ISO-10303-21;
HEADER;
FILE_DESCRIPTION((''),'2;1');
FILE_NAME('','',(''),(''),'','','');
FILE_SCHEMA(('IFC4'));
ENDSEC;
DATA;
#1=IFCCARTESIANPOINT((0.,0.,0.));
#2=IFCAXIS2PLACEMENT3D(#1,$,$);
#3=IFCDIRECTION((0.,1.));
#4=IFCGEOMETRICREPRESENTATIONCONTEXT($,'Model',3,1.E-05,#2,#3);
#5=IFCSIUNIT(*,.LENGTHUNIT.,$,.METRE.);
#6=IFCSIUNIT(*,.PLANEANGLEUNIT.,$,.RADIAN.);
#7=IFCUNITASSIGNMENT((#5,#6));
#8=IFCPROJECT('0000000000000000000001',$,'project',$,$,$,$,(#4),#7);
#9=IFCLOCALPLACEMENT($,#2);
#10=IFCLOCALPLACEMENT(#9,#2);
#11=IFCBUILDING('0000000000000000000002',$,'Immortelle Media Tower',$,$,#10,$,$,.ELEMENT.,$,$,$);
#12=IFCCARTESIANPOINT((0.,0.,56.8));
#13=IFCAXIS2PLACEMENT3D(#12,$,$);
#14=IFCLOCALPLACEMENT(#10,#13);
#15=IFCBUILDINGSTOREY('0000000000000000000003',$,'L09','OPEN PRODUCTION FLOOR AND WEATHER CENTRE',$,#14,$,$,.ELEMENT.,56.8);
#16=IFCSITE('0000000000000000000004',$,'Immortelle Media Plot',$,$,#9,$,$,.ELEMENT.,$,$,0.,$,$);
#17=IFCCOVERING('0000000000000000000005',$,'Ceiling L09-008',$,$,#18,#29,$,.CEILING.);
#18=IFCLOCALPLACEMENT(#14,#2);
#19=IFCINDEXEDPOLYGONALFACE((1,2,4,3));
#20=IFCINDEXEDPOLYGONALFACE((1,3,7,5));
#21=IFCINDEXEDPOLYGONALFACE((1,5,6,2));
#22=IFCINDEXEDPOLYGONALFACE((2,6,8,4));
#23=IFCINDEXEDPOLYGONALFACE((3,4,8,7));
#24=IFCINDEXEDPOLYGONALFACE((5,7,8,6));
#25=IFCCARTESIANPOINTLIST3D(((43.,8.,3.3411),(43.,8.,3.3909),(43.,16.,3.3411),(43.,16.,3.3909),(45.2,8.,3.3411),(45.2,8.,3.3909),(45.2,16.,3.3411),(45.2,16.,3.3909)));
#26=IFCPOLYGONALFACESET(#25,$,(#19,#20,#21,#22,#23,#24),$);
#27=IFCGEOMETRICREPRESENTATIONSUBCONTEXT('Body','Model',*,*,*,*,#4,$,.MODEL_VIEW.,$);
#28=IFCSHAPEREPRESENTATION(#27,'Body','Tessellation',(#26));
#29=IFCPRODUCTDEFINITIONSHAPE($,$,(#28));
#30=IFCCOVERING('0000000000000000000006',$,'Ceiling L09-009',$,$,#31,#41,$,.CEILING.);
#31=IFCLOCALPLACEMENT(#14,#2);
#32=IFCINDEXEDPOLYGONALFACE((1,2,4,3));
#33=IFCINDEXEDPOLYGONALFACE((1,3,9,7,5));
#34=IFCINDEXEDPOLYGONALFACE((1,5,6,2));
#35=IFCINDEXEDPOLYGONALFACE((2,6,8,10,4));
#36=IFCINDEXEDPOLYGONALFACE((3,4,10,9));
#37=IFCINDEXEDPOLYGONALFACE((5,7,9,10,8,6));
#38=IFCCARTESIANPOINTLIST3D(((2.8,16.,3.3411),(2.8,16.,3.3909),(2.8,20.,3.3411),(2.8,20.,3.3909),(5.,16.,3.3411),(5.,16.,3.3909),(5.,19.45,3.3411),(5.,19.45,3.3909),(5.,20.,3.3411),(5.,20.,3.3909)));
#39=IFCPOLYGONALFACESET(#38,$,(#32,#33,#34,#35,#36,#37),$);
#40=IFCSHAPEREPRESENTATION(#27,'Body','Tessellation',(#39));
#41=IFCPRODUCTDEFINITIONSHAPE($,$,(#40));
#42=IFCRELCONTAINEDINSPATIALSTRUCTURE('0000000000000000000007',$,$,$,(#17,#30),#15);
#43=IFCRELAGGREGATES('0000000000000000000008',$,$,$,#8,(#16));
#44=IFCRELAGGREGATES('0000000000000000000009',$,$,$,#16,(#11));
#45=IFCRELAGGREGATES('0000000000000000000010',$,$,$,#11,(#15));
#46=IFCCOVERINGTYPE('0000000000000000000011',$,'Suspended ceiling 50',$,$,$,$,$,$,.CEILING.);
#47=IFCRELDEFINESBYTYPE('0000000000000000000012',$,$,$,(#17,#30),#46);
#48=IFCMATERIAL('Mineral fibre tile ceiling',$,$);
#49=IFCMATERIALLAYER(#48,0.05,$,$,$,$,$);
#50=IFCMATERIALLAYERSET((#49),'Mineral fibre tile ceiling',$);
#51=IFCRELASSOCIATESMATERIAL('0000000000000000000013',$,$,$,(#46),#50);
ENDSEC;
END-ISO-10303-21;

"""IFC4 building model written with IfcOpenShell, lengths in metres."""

from ifc_helpers import new_model, si_unit, direction, frame, origin, place, context, subcontext, project, spatial, polyline, outline, extrude, material, layer, layer_set, type_object, element, save


model = new_model("IFC4")

# Units and contexts
model_context = context("Model", 3, precision=1e-05, world=origin(), true_north=direction((0.0, 1.0)))
body_context = subcontext(model_context, "Body", "Model", "MODEL_VIEW")
ifc_project = project(units=[si_unit("LENGTHUNIT", "METRE"), si_unit("PLANEANGLEUNIT", "RADIAN")], contexts=[model_context])

# Site, building, storey
site_placement = place(None, origin())
site = spatial("IfcSite", under=ifc_project, at=site_placement, Name="Immortelle Media Plot", CompositionType="ELEMENT", RefElevation=0.0)
building_placement = place(site_placement, origin())
building = spatial("IfcBuilding", under=site, at=building_placement, Name="Immortelle Media Tower", CompositionType="ELEMENT")
storey_placement = place(building_placement, frame((0.0, 0.0, 56.8)))
storey = spatial("IfcBuildingStorey", under=building, at=storey_placement, Name="L09", Description="OPEN PRODUCTION FLOOR AND WEATHER CENTRE", CompositionType="ELEMENT", Elevation=56.8)

# Coverings
ifc_material_1 = material(Name="Mineral fibre tile ceiling")
ifc_layer_1 = layer(ifc_material_1, 0.05)
ifc_layer_set_1 = layer_set([ifc_layer_1], Name="Mineral fibre tile ceiling")
covering_type = type_object("IfcCoveringType", Name="Suspended ceiling 50", PredefinedType="CEILING", material=ifc_layer_set_1)
covering_1_placement = place(storey_placement, frame((0.0, 0.0, 3.3411)))
element("IfcCovering", 1, at=covering_1_placement, inside=storey, type_object=covering_type, Name="Ceiling L09-008", PredefinedType="CEILING", context=body_context, shape_type="SweptSolid", body=[
    extrude(outline(polyline([(45.2, 8.0), (43.0, 8.0), (43.0, 16.0), (45.2, 16.0), (45.2, 8.0)])), origin(), (0.0, 0.0, 1.0), 0.0498),
])
covering_2_placement = place(storey_placement, frame((0.0, 0.0, 3.3411)))
element("IfcCovering", 2, at=covering_2_placement, inside=storey, type_object=covering_type, Name="Ceiling L09-009", PredefinedType="CEILING", context=body_context, shape_type="SweptSolid", body=[
    extrude(outline(polyline([(5.0, 16.0), (2.8, 16.0), (2.8, 20.0), (5.0, 20.0), (5.0, 19.45), (5.0, 16.0)])), origin(), (0.0, 0.0, 1.0), 0.0498),
])

save(model, "model.ifc")
